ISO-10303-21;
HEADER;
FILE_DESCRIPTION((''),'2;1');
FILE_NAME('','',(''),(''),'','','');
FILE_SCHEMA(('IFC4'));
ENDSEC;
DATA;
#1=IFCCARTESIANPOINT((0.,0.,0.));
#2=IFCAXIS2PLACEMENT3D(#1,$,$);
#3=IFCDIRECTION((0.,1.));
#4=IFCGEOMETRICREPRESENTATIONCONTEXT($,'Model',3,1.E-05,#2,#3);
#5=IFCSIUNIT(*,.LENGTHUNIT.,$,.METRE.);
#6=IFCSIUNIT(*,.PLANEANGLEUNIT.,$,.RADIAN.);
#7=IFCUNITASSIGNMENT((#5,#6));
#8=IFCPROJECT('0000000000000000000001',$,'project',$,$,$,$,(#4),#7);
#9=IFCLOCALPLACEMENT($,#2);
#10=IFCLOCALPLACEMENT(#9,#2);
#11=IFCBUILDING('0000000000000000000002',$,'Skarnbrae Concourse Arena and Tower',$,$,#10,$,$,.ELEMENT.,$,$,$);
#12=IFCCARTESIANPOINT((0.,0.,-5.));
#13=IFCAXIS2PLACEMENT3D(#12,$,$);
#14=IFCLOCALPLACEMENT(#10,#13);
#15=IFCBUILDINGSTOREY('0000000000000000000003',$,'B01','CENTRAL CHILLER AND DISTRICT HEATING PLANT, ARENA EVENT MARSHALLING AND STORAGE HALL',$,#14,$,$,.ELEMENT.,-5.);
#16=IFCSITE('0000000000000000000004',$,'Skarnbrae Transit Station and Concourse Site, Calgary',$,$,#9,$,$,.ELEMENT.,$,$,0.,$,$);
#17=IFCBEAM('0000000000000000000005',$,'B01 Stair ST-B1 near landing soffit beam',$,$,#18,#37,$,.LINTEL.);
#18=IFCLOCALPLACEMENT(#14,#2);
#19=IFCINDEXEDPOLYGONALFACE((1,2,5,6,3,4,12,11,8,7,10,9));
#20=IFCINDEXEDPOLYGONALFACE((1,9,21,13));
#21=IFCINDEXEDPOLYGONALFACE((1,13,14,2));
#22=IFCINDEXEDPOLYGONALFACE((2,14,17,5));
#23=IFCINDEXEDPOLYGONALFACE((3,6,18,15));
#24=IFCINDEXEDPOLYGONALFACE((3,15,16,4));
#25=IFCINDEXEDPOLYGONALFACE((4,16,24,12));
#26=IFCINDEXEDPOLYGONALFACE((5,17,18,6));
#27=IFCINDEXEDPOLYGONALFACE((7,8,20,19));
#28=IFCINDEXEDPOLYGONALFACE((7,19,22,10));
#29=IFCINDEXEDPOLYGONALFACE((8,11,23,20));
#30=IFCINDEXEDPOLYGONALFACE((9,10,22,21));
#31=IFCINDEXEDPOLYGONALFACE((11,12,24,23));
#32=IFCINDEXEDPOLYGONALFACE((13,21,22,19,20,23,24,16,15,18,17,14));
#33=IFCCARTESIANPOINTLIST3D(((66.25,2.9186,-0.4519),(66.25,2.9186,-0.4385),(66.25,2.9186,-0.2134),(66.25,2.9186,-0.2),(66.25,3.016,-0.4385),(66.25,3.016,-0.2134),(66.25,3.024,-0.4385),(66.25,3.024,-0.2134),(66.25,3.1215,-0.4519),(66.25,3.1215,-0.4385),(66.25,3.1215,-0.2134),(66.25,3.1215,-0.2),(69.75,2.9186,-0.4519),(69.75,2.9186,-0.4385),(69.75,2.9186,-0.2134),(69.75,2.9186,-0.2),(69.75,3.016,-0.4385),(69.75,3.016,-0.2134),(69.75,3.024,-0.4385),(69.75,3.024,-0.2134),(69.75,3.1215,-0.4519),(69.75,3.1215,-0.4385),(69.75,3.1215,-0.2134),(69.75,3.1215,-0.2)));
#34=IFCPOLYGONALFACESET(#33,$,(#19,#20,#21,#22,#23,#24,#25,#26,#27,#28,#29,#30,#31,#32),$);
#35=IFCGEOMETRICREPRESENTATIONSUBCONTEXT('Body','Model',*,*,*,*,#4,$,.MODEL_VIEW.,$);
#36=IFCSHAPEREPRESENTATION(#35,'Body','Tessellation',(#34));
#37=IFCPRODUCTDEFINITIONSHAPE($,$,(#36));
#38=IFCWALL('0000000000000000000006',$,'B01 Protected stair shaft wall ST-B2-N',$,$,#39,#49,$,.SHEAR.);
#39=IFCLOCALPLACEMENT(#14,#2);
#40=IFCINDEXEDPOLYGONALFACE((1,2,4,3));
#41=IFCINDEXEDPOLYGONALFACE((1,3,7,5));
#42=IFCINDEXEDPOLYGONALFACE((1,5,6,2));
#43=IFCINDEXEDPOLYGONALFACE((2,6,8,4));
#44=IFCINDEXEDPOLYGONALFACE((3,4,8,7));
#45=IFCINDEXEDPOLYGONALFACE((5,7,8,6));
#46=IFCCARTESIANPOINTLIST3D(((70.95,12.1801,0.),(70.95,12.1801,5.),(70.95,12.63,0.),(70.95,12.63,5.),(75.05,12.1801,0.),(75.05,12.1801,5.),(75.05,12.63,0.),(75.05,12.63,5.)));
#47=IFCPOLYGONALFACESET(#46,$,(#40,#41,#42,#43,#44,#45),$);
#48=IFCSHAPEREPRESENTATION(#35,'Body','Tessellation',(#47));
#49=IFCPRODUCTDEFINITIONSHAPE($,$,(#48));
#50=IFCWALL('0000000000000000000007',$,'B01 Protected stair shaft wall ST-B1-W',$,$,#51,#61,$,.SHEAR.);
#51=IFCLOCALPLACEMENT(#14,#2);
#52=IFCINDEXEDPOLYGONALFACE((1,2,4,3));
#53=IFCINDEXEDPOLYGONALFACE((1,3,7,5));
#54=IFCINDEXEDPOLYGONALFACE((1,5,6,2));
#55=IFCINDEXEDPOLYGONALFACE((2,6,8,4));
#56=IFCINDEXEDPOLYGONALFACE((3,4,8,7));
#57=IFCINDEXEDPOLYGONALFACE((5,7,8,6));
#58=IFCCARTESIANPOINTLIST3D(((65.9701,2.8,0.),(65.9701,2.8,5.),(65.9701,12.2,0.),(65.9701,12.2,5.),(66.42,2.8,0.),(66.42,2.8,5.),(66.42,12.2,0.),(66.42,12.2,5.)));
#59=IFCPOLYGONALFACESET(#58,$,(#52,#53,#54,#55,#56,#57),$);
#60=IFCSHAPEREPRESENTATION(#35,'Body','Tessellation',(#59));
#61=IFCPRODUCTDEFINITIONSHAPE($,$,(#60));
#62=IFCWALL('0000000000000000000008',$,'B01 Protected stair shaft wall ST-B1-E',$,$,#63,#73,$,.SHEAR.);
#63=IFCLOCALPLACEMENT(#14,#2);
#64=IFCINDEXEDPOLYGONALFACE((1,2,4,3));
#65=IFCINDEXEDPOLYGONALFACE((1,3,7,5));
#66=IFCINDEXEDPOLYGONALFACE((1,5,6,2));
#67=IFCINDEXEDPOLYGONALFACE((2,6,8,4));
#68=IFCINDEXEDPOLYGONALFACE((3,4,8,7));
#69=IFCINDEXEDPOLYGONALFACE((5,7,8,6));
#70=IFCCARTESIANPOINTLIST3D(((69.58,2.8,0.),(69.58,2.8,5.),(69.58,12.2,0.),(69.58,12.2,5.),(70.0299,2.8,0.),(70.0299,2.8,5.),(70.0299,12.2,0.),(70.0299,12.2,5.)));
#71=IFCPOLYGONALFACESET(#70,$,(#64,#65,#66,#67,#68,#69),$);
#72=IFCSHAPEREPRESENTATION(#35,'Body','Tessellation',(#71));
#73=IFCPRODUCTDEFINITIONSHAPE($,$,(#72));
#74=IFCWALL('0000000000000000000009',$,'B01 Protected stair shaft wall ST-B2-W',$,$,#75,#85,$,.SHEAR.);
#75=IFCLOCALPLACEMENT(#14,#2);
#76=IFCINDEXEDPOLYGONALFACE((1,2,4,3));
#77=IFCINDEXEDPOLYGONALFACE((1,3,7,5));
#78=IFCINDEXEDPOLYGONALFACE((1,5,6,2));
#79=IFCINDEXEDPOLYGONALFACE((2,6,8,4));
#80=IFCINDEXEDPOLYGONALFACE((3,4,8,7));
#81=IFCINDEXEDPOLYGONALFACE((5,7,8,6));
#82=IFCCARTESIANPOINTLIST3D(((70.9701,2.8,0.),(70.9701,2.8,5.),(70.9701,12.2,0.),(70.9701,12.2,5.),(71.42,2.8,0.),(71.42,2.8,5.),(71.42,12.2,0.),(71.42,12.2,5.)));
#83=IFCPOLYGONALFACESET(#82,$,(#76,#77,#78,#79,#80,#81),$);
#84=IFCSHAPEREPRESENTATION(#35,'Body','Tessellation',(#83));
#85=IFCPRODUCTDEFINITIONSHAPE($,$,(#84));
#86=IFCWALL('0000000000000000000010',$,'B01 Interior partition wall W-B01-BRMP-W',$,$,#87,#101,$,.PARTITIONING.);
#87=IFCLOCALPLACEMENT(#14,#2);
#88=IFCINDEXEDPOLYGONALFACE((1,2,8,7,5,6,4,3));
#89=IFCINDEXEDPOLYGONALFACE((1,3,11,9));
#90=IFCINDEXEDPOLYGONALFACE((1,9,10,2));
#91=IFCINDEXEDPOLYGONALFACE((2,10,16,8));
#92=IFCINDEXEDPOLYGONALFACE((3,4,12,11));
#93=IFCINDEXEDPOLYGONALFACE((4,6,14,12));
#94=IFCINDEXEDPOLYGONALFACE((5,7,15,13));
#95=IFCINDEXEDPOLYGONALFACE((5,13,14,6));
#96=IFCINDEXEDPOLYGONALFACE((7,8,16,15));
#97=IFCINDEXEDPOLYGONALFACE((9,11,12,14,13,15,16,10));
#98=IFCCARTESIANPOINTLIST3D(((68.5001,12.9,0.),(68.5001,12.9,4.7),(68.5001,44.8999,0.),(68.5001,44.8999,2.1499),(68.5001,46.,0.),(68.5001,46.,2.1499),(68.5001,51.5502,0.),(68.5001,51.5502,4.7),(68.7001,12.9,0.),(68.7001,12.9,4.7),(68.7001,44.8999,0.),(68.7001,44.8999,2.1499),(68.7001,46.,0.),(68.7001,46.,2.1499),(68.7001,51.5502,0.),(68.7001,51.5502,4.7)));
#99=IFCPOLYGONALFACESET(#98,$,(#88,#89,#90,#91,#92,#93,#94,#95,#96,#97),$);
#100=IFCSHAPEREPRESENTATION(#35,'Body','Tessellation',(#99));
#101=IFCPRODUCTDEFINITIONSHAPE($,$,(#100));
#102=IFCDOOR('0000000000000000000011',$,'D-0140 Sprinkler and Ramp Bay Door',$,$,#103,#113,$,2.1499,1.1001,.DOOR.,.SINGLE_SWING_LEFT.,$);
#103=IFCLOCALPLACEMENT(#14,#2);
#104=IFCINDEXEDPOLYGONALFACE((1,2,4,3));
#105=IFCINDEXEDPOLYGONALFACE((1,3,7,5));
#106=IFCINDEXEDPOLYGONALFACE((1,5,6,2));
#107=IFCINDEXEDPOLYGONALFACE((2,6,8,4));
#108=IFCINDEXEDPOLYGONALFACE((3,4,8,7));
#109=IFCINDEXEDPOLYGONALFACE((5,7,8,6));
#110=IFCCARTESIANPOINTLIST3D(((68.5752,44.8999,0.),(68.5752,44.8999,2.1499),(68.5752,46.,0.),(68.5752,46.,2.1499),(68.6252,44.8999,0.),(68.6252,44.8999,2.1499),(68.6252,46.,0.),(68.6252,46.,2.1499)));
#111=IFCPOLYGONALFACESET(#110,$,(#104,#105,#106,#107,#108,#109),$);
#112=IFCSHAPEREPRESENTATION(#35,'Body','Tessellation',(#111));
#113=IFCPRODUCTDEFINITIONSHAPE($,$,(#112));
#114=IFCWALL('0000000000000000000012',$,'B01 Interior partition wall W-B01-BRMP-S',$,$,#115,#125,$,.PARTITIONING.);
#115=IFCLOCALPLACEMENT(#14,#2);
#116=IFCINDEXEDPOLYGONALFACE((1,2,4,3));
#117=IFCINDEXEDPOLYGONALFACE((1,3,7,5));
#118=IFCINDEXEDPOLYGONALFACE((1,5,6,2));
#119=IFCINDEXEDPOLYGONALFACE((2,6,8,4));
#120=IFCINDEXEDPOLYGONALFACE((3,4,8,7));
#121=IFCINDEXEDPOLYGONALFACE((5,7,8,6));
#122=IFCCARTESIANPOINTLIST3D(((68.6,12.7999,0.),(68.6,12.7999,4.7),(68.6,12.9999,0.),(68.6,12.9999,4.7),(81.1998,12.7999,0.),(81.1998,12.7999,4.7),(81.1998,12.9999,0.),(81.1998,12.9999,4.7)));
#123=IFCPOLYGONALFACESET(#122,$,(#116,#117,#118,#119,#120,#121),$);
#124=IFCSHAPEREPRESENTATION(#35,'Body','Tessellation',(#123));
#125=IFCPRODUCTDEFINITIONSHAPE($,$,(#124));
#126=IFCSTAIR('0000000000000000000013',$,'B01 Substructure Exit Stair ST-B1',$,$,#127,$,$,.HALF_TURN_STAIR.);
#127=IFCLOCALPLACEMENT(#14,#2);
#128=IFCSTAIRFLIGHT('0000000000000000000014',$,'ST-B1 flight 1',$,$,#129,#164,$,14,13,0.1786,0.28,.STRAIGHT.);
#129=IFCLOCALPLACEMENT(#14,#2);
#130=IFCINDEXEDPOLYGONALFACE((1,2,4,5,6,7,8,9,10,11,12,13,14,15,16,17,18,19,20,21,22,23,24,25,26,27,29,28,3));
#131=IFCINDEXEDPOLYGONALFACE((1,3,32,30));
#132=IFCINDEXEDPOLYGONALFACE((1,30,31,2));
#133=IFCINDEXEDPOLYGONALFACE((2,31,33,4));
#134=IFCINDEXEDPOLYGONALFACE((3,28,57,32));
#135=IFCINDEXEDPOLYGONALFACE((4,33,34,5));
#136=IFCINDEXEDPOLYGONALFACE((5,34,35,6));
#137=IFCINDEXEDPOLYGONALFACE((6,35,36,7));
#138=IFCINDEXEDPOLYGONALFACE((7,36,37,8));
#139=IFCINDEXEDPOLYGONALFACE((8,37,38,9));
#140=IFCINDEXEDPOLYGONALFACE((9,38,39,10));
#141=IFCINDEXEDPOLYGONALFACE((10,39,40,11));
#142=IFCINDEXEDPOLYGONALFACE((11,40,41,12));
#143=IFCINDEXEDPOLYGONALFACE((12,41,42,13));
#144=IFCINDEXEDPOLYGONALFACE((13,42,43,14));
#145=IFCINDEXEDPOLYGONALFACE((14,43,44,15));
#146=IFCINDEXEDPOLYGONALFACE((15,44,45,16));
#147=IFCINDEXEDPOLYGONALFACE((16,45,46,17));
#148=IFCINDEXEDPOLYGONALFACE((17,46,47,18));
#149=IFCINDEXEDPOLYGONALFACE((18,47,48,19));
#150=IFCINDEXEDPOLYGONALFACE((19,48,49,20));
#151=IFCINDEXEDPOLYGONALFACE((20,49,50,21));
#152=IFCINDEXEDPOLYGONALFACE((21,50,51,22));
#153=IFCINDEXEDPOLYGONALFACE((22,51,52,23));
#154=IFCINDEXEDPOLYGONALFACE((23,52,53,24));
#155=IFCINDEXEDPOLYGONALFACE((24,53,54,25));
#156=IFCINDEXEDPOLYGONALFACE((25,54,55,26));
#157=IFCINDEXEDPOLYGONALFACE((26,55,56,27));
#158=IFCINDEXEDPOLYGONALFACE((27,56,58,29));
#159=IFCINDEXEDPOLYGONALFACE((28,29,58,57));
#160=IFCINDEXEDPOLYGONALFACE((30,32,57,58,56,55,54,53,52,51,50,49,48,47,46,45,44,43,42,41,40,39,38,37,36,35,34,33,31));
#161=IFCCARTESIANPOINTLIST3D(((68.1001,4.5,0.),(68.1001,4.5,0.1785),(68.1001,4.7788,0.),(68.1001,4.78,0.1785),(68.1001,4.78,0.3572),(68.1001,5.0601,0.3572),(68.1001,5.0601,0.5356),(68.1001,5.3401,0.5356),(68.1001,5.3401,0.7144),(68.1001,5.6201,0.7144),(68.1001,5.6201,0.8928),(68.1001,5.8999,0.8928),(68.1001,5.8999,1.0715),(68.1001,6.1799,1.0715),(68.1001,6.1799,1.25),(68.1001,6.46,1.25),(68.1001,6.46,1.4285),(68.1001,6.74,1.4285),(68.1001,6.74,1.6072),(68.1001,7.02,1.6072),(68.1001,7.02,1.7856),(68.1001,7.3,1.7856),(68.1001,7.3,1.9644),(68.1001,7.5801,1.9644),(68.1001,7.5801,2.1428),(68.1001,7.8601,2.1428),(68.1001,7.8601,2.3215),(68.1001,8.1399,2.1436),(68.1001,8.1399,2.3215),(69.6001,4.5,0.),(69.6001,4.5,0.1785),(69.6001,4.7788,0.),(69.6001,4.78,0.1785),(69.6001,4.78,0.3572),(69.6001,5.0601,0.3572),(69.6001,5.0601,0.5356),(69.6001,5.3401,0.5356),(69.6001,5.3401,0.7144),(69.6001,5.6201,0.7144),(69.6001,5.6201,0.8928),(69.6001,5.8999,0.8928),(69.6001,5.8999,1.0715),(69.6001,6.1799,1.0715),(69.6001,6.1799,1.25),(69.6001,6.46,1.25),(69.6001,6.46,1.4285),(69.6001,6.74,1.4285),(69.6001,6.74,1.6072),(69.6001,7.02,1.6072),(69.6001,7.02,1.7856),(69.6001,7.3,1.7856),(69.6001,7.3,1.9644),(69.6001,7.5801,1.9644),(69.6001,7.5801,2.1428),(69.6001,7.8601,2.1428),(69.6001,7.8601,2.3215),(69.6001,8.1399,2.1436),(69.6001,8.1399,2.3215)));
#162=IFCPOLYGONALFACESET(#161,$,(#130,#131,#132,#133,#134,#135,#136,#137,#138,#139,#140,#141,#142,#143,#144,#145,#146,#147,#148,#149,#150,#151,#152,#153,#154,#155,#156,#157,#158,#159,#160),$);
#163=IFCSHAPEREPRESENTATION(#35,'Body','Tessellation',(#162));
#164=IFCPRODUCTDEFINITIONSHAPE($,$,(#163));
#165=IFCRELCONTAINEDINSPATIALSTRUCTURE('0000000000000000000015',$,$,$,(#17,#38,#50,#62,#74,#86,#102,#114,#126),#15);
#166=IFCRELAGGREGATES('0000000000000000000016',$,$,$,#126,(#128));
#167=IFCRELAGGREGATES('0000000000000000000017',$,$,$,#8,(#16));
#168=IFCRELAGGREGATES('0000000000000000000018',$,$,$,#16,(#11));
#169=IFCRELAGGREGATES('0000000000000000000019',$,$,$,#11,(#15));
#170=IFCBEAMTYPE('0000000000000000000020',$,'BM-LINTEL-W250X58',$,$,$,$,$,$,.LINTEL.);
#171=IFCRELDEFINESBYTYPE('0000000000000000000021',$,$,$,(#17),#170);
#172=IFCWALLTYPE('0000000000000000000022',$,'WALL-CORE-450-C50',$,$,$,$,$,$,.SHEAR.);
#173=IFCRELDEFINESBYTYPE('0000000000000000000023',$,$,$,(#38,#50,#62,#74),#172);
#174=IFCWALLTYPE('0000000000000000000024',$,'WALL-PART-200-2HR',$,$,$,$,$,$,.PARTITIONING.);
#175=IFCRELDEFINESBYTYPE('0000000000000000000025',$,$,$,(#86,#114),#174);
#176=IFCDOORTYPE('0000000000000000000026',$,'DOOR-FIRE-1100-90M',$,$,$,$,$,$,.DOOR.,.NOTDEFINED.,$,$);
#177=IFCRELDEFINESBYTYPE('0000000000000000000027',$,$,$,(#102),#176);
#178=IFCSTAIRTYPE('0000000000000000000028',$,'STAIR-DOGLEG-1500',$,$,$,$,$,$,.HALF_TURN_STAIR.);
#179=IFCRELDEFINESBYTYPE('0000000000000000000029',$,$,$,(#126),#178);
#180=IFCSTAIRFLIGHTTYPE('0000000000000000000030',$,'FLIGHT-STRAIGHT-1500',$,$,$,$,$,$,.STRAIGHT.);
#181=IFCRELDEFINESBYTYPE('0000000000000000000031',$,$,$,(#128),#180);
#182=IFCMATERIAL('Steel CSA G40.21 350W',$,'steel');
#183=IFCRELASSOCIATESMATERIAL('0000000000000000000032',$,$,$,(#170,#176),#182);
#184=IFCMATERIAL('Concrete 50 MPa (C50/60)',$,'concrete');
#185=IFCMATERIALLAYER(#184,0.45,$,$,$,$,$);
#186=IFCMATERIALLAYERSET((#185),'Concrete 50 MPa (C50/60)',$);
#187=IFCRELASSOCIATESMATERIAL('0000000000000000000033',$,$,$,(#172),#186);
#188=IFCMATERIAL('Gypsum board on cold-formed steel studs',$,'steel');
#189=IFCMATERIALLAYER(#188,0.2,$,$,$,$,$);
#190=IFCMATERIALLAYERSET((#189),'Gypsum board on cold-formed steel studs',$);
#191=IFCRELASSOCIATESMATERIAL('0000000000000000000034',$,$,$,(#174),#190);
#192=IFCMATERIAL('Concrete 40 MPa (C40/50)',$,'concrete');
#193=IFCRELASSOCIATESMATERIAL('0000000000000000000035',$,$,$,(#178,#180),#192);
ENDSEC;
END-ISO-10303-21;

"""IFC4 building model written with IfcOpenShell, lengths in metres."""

from ifc_helpers import new_model, si_unit, direction, frame, frame_2d, origin, origin_2d, place, context, subcontext, project, spatial, polyline, rectangle, i_section, outline, extrude, source, transform, mapped, material, layer, layer_set, material_profile, profile_set, type_object, element, fill, aggregate, save


model = new_model("IFC4")

# Units and contexts
model_context = context("Model", 3, precision=1e-05, world=origin(), true_north=direction((0.0, 1.0)))
body_context = subcontext(model_context, "Body", "Model", "MODEL_VIEW")
ifc_project = project(units=[si_unit("LENGTHUNIT", "METRE"), si_unit("PLANEANGLEUNIT", "RADIAN")], contexts=[model_context])

# Site, building, storey
site_placement = place(None, origin())
site = spatial("IfcSite", under=ifc_project, at=site_placement, Name="Skarnbrae Transit Station and Concourse Site, Calgary", CompositionType="ELEMENT", RefElevation=0.0)
building_placement = place(site_placement, origin())
building = spatial("IfcBuilding", under=site, at=building_placement, Name="Skarnbrae Concourse Arena and Tower", CompositionType="ELEMENT")
storey_placement = place(building_placement, frame((0.0, 0.0, -5.0)))
storey = spatial("IfcBuildingStorey", under=building, at=storey_placement, Name="B01", Description="CENTRAL CHILLER AND DISTRICT HEATING PLANT, ARENA EVENT MARSHALLING AND STORAGE HALL", CompositionType="ELEMENT", Elevation=-5.0)

# Beam
ifc_material_1 = material(Name="Steel CSA G40.21 350W", Category="steel")
ifc_material_profile = material_profile(ifc_material_1, i_section(OverallWidth=0.2029, OverallDepth=0.252, WebThickness=0.0081, FlangeThickness=0.0134, at=origin_2d()), Name="W250X58")
ifc_profile_set = profile_set([ifc_material_profile], Name="Steel CSA G40.21 350W")
beam_type = type_object("IfcBeamType", Name="BM-LINTEL-W250X58", PredefinedType="LINTEL", material=ifc_profile_set)
shared_shape_1 = source(origin(), body_context, "Body", "SweptSolid", [
    extrude(i_section(OverallWidth=0.2029, OverallDepth=0.252, WebThickness=0.0081, FlangeThickness=0.0134, at=origin_2d()), origin(), (0.0, 0.0, 1.0), 3.5),
])
beam_placement = place(storey_placement, frame((69.75, 3.02, -0.3259), z_axis=(-1.0, 0.0, 0.0), x_axis=(0.0, -1.0, 0.0)))
element("IfcBeam", 1, at=beam_placement, inside=storey, type_object=beam_type, Name="B01 Stair ST-B1 near landing soffit beam", PredefinedType="LINTEL", context=body_context, shape_type="MappedRepresentation", body=[
    mapped(shared_shape_1, transform((0.0, 0.0, 0.0))),
])

# Shared definitions
ifc_material_2 = material(Name="Concrete 50 MPa (C50/60)", Category="concrete")
ifc_layer_1 = layer(ifc_material_2, 0.45)
ifc_layer_set_1 = layer_set([ifc_layer_1], Name="Concrete 50 MPa (C50/60)")
wall_type_1 = type_object("IfcWallType", Name="WALL-CORE-450-C50", PredefinedType="SHEAR", material=ifc_layer_set_1)
shared_shape_2 = source(origin(), body_context, "Body", "SweptSolid", [
    extrude(rectangle(XDim=4.1001, YDim=0.45, at=frame_2d((2.05, 0.0))), origin(), (0.0, 0.0, 1.0), 5.0),
])
door_type = type_object("IfcDoorType", Name="DOOR-FIRE-1100-90M", OperationType="NOTDEFINED", PredefinedType="DOOR", material=ifc_material_1)
shared_shape_3 = source(origin(), body_context, "Body", "SweptSolid", [
    extrude(rectangle(XDim=1.1001, YDim=2.1499, at=frame_2d((0.55, 1.075))), frame((0.0, 0.0249, 0.0), z_axis=(0.0, -1.0, 0.0), x_axis=(1.0, 0.0, 0.0)), (0.0, 0.0, 1.0), 0.05),
])

# Walls
wall_1_placement = place(storey_placement, frame((70.95, 12.405, 0.0), z_axis=(0.0, 0.0, 1.0), x_axis=(1.0, 0.0, 0.0)))
element("IfcWall", 2, at=wall_1_placement, inside=storey, type_object=wall_type_1, Name="B01 Protected stair shaft wall ST-B2-N", PredefinedType="SHEAR", context=body_context, shape_type="MappedRepresentation", body=[
    mapped(shared_shape_2, transform((0.0, 0.0, 0.0))),
])
shared_shape_4 = source(origin(), body_context, "Body", "SweptSolid", [
    extrude(rectangle(XDim=9.3999, YDim=0.45, at=frame_2d((4.7, 0.0))), origin(), (0.0, 0.0, 1.0), 5.0),
])
for number, where, z_axis, x_axis, name in (
    (3, (66.1951, 2.8, 0.0), (0.0, 0.0, 1.0), (0.0, 1.0, 0.0), "B01 Protected stair shaft wall ST-B1-W"),
    (4, (69.8049, 2.8, 0.0), (0.0, 0.0, 1.0), (0.0, 1.0, 0.0), "B01 Protected stair shaft wall ST-B1-E"),
    (5, (71.1951, 2.8, 0.0), (0.0, 0.0, 1.0), (0.0, 1.0, 0.0), "B01 Protected stair shaft wall ST-B2-W"),
):
    element("IfcWall", number, at=place(storey_placement, frame(where, z_axis=z_axis, x_axis=x_axis)), inside=storey, type_object=wall_type_1, Name=name, PredefinedType="SHEAR", context=body_context, shape_type="MappedRepresentation", body=[
        mapped(shared_shape_4, transform((0.0, 0.0, 0.0))),
    ])

# Wall, opening, door
ifc_material_3 = material(Name="Gypsum board on cold-formed steel studs", Category="steel")
ifc_layer_2 = layer(ifc_material_3, 0.2)
ifc_layer_set_2 = layer_set([ifc_layer_2], Name="Gypsum board on cold-formed steel studs")
wall_type_2 = type_object("IfcWallType", Name="WALL-PART-200-2HR", PredefinedType="PARTITIONING", material=ifc_layer_set_2)
shared_shape_5 = source(origin(), body_context, "Body", "SweptSolid", [
    extrude(rectangle(XDim=38.6501, YDim=0.2, at=frame_2d((19.3252, 0.0))), origin(), (0.0, 0.0, 1.0), 4.7),
])
wall_2_placement = place(storey_placement, frame((68.6001, 12.8999, 0.0), z_axis=(0.0, 0.0, 1.0), x_axis=(0.0, 1.0, 0.0)))
wall_2 = element("IfcWall", 6, at=wall_2_placement, inside=storey, type_object=wall_type_2, Name="B01 Interior partition wall W-B01-BRMP-W", PredefinedType="PARTITIONING", context=body_context, shape_type="MappedRepresentation", body=[
    mapped(shared_shape_5, transform((0.0, 0.0, 0.0))),
])
opening_1_placement = place(wall_2_placement, frame((32.0, 0.0, 0.0)))
opening_1 = element("IfcOpeningElement", 7, at=opening_1_placement, cuts=wall_2, PredefinedType="OPENING", context=body_context, shape_type="SweptSolid", body=[
    extrude(rectangle(XDim=1.1001, YDim=2.1499, at=frame_2d((0.55, 1.075))), frame((0.0, 0.1099, 0.0), z_axis=(0.0, -1.0, 0.0), x_axis=(1.0, 0.0, 0.0)), (0.0, 0.0, 1.0), 0.22),
])
door_1_placement = place(opening_1_placement, origin())
door_1 = element("IfcDoor", 8, at=door_1_placement, inside=storey, type_object=door_type, Name="D-0140 Sprinkler and Ramp Bay Door", OperationType="SINGLE_SWING_LEFT", OverallHeight=2.1499, OverallWidth=1.1001, PredefinedType="DOOR", context=body_context, shape_type="MappedRepresentation", body=[
    mapped(shared_shape_3, transform((0.0, 0.0, 0.0))),
])
fill(opening_1, door_1)

# Wall
shared_shape_6 = source(origin(), body_context, "Body", "SweptSolid", [
    extrude(rectangle(XDim=12.5999, YDim=0.2, at=frame_2d((6.2998, 0.0))), origin(), (0.0, 0.0, 1.0), 4.7),
])
wall_3_placement = place(storey_placement, frame((68.6001, 12.8999, 0.0), z_axis=(0.0, 0.0, 1.0), x_axis=(1.0, 0.0, 0.0)))
element("IfcWall", 9, at=wall_3_placement, inside=storey, type_object=wall_type_2, Name="B01 Interior partition wall W-B01-BRMP-S", PredefinedType="PARTITIONING", context=body_context, shape_type="MappedRepresentation", body=[
    mapped(shared_shape_6, transform((0.0, 0.0, 0.0))),
])

# Stair, stair flight
ifc_material_4 = material(Name="Concrete 40 MPa (C40/50)", Category="concrete")
stair_type = type_object("IfcStairType", Name="STAIR-DOGLEG-1500", PredefinedType="HALF_TURN_STAIR", material=ifc_material_4)
stair_1_placement = place(storey_placement, origin())
stair_1 = element("IfcStair", 10, at=stair_1_placement, inside=storey, type_object=stair_type, Name="B01 Substructure Exit Stair ST-B1", PredefinedType="HALF_TURN_STAIR")
stair_flight_type = type_object("IfcStairFlightType", Name="FLIGHT-STRAIGHT-1500", PredefinedType="STRAIGHT", material=ifc_material_4)
shared_shape_7 = source(origin(), body_context, "Body", "SweptSolid", [
    extrude(outline(polyline([(0.0, 0.0), (0.0, 0.1785), (0.28, 0.1785), (0.28, 0.3572), (0.5601, 0.3572), (0.5601, 0.5356), (0.8401, 0.5356), (0.8401, 0.7144), (1.1201, 0.7144), (1.1201, 0.8928), (1.3999, 0.8928), (1.3999, 1.0715), (1.6799, 1.0715), (1.6799, 1.25), (1.96, 1.25), (1.96, 1.4285), (2.24, 1.4285), (2.24, 1.6072), (2.52, 1.6072), (2.52, 1.7856), (2.8, 1.7856), (2.8, 1.9644), (3.0801, 1.9644), (3.0801, 2.1428), (3.3601, 2.1428), (3.3601, 2.3215), (3.6399, 2.3215), (3.6399, 2.5), (3.6399, 2.1436), (0.2788, 0.0), (0.0, 0.0)])), frame((0.0, 0.75, 0.0), z_axis=(0.0, -1.0, 0.0), x_axis=(1.0, 0.0, 0.0)), (0.0, 0.0, 1.0), 1.5),
])
stair_flight_1_placement = place(storey_placement, frame((68.8501, 4.5, 0.0), z_axis=(0.0, 0.0, 1.0), x_axis=(0.0, 1.0, 0.0)))
stair_flight_1 = element("IfcStairFlight", 11, at=stair_flight_1_placement, type_object=stair_flight_type, Name="ST-B1 flight 1", NumberOfRisers=14, NumberOfTreads=13, PredefinedType="STRAIGHT", RiserHeight=0.1786, TreadLength=0.28, context=body_context, shape_type="MappedRepresentation", body=[
    mapped(shared_shape_7, transform((0.0, 0.0, 0.0))),
])
aggregate(stair_1, [stair_flight_1])

save(model, "model.ifc")
